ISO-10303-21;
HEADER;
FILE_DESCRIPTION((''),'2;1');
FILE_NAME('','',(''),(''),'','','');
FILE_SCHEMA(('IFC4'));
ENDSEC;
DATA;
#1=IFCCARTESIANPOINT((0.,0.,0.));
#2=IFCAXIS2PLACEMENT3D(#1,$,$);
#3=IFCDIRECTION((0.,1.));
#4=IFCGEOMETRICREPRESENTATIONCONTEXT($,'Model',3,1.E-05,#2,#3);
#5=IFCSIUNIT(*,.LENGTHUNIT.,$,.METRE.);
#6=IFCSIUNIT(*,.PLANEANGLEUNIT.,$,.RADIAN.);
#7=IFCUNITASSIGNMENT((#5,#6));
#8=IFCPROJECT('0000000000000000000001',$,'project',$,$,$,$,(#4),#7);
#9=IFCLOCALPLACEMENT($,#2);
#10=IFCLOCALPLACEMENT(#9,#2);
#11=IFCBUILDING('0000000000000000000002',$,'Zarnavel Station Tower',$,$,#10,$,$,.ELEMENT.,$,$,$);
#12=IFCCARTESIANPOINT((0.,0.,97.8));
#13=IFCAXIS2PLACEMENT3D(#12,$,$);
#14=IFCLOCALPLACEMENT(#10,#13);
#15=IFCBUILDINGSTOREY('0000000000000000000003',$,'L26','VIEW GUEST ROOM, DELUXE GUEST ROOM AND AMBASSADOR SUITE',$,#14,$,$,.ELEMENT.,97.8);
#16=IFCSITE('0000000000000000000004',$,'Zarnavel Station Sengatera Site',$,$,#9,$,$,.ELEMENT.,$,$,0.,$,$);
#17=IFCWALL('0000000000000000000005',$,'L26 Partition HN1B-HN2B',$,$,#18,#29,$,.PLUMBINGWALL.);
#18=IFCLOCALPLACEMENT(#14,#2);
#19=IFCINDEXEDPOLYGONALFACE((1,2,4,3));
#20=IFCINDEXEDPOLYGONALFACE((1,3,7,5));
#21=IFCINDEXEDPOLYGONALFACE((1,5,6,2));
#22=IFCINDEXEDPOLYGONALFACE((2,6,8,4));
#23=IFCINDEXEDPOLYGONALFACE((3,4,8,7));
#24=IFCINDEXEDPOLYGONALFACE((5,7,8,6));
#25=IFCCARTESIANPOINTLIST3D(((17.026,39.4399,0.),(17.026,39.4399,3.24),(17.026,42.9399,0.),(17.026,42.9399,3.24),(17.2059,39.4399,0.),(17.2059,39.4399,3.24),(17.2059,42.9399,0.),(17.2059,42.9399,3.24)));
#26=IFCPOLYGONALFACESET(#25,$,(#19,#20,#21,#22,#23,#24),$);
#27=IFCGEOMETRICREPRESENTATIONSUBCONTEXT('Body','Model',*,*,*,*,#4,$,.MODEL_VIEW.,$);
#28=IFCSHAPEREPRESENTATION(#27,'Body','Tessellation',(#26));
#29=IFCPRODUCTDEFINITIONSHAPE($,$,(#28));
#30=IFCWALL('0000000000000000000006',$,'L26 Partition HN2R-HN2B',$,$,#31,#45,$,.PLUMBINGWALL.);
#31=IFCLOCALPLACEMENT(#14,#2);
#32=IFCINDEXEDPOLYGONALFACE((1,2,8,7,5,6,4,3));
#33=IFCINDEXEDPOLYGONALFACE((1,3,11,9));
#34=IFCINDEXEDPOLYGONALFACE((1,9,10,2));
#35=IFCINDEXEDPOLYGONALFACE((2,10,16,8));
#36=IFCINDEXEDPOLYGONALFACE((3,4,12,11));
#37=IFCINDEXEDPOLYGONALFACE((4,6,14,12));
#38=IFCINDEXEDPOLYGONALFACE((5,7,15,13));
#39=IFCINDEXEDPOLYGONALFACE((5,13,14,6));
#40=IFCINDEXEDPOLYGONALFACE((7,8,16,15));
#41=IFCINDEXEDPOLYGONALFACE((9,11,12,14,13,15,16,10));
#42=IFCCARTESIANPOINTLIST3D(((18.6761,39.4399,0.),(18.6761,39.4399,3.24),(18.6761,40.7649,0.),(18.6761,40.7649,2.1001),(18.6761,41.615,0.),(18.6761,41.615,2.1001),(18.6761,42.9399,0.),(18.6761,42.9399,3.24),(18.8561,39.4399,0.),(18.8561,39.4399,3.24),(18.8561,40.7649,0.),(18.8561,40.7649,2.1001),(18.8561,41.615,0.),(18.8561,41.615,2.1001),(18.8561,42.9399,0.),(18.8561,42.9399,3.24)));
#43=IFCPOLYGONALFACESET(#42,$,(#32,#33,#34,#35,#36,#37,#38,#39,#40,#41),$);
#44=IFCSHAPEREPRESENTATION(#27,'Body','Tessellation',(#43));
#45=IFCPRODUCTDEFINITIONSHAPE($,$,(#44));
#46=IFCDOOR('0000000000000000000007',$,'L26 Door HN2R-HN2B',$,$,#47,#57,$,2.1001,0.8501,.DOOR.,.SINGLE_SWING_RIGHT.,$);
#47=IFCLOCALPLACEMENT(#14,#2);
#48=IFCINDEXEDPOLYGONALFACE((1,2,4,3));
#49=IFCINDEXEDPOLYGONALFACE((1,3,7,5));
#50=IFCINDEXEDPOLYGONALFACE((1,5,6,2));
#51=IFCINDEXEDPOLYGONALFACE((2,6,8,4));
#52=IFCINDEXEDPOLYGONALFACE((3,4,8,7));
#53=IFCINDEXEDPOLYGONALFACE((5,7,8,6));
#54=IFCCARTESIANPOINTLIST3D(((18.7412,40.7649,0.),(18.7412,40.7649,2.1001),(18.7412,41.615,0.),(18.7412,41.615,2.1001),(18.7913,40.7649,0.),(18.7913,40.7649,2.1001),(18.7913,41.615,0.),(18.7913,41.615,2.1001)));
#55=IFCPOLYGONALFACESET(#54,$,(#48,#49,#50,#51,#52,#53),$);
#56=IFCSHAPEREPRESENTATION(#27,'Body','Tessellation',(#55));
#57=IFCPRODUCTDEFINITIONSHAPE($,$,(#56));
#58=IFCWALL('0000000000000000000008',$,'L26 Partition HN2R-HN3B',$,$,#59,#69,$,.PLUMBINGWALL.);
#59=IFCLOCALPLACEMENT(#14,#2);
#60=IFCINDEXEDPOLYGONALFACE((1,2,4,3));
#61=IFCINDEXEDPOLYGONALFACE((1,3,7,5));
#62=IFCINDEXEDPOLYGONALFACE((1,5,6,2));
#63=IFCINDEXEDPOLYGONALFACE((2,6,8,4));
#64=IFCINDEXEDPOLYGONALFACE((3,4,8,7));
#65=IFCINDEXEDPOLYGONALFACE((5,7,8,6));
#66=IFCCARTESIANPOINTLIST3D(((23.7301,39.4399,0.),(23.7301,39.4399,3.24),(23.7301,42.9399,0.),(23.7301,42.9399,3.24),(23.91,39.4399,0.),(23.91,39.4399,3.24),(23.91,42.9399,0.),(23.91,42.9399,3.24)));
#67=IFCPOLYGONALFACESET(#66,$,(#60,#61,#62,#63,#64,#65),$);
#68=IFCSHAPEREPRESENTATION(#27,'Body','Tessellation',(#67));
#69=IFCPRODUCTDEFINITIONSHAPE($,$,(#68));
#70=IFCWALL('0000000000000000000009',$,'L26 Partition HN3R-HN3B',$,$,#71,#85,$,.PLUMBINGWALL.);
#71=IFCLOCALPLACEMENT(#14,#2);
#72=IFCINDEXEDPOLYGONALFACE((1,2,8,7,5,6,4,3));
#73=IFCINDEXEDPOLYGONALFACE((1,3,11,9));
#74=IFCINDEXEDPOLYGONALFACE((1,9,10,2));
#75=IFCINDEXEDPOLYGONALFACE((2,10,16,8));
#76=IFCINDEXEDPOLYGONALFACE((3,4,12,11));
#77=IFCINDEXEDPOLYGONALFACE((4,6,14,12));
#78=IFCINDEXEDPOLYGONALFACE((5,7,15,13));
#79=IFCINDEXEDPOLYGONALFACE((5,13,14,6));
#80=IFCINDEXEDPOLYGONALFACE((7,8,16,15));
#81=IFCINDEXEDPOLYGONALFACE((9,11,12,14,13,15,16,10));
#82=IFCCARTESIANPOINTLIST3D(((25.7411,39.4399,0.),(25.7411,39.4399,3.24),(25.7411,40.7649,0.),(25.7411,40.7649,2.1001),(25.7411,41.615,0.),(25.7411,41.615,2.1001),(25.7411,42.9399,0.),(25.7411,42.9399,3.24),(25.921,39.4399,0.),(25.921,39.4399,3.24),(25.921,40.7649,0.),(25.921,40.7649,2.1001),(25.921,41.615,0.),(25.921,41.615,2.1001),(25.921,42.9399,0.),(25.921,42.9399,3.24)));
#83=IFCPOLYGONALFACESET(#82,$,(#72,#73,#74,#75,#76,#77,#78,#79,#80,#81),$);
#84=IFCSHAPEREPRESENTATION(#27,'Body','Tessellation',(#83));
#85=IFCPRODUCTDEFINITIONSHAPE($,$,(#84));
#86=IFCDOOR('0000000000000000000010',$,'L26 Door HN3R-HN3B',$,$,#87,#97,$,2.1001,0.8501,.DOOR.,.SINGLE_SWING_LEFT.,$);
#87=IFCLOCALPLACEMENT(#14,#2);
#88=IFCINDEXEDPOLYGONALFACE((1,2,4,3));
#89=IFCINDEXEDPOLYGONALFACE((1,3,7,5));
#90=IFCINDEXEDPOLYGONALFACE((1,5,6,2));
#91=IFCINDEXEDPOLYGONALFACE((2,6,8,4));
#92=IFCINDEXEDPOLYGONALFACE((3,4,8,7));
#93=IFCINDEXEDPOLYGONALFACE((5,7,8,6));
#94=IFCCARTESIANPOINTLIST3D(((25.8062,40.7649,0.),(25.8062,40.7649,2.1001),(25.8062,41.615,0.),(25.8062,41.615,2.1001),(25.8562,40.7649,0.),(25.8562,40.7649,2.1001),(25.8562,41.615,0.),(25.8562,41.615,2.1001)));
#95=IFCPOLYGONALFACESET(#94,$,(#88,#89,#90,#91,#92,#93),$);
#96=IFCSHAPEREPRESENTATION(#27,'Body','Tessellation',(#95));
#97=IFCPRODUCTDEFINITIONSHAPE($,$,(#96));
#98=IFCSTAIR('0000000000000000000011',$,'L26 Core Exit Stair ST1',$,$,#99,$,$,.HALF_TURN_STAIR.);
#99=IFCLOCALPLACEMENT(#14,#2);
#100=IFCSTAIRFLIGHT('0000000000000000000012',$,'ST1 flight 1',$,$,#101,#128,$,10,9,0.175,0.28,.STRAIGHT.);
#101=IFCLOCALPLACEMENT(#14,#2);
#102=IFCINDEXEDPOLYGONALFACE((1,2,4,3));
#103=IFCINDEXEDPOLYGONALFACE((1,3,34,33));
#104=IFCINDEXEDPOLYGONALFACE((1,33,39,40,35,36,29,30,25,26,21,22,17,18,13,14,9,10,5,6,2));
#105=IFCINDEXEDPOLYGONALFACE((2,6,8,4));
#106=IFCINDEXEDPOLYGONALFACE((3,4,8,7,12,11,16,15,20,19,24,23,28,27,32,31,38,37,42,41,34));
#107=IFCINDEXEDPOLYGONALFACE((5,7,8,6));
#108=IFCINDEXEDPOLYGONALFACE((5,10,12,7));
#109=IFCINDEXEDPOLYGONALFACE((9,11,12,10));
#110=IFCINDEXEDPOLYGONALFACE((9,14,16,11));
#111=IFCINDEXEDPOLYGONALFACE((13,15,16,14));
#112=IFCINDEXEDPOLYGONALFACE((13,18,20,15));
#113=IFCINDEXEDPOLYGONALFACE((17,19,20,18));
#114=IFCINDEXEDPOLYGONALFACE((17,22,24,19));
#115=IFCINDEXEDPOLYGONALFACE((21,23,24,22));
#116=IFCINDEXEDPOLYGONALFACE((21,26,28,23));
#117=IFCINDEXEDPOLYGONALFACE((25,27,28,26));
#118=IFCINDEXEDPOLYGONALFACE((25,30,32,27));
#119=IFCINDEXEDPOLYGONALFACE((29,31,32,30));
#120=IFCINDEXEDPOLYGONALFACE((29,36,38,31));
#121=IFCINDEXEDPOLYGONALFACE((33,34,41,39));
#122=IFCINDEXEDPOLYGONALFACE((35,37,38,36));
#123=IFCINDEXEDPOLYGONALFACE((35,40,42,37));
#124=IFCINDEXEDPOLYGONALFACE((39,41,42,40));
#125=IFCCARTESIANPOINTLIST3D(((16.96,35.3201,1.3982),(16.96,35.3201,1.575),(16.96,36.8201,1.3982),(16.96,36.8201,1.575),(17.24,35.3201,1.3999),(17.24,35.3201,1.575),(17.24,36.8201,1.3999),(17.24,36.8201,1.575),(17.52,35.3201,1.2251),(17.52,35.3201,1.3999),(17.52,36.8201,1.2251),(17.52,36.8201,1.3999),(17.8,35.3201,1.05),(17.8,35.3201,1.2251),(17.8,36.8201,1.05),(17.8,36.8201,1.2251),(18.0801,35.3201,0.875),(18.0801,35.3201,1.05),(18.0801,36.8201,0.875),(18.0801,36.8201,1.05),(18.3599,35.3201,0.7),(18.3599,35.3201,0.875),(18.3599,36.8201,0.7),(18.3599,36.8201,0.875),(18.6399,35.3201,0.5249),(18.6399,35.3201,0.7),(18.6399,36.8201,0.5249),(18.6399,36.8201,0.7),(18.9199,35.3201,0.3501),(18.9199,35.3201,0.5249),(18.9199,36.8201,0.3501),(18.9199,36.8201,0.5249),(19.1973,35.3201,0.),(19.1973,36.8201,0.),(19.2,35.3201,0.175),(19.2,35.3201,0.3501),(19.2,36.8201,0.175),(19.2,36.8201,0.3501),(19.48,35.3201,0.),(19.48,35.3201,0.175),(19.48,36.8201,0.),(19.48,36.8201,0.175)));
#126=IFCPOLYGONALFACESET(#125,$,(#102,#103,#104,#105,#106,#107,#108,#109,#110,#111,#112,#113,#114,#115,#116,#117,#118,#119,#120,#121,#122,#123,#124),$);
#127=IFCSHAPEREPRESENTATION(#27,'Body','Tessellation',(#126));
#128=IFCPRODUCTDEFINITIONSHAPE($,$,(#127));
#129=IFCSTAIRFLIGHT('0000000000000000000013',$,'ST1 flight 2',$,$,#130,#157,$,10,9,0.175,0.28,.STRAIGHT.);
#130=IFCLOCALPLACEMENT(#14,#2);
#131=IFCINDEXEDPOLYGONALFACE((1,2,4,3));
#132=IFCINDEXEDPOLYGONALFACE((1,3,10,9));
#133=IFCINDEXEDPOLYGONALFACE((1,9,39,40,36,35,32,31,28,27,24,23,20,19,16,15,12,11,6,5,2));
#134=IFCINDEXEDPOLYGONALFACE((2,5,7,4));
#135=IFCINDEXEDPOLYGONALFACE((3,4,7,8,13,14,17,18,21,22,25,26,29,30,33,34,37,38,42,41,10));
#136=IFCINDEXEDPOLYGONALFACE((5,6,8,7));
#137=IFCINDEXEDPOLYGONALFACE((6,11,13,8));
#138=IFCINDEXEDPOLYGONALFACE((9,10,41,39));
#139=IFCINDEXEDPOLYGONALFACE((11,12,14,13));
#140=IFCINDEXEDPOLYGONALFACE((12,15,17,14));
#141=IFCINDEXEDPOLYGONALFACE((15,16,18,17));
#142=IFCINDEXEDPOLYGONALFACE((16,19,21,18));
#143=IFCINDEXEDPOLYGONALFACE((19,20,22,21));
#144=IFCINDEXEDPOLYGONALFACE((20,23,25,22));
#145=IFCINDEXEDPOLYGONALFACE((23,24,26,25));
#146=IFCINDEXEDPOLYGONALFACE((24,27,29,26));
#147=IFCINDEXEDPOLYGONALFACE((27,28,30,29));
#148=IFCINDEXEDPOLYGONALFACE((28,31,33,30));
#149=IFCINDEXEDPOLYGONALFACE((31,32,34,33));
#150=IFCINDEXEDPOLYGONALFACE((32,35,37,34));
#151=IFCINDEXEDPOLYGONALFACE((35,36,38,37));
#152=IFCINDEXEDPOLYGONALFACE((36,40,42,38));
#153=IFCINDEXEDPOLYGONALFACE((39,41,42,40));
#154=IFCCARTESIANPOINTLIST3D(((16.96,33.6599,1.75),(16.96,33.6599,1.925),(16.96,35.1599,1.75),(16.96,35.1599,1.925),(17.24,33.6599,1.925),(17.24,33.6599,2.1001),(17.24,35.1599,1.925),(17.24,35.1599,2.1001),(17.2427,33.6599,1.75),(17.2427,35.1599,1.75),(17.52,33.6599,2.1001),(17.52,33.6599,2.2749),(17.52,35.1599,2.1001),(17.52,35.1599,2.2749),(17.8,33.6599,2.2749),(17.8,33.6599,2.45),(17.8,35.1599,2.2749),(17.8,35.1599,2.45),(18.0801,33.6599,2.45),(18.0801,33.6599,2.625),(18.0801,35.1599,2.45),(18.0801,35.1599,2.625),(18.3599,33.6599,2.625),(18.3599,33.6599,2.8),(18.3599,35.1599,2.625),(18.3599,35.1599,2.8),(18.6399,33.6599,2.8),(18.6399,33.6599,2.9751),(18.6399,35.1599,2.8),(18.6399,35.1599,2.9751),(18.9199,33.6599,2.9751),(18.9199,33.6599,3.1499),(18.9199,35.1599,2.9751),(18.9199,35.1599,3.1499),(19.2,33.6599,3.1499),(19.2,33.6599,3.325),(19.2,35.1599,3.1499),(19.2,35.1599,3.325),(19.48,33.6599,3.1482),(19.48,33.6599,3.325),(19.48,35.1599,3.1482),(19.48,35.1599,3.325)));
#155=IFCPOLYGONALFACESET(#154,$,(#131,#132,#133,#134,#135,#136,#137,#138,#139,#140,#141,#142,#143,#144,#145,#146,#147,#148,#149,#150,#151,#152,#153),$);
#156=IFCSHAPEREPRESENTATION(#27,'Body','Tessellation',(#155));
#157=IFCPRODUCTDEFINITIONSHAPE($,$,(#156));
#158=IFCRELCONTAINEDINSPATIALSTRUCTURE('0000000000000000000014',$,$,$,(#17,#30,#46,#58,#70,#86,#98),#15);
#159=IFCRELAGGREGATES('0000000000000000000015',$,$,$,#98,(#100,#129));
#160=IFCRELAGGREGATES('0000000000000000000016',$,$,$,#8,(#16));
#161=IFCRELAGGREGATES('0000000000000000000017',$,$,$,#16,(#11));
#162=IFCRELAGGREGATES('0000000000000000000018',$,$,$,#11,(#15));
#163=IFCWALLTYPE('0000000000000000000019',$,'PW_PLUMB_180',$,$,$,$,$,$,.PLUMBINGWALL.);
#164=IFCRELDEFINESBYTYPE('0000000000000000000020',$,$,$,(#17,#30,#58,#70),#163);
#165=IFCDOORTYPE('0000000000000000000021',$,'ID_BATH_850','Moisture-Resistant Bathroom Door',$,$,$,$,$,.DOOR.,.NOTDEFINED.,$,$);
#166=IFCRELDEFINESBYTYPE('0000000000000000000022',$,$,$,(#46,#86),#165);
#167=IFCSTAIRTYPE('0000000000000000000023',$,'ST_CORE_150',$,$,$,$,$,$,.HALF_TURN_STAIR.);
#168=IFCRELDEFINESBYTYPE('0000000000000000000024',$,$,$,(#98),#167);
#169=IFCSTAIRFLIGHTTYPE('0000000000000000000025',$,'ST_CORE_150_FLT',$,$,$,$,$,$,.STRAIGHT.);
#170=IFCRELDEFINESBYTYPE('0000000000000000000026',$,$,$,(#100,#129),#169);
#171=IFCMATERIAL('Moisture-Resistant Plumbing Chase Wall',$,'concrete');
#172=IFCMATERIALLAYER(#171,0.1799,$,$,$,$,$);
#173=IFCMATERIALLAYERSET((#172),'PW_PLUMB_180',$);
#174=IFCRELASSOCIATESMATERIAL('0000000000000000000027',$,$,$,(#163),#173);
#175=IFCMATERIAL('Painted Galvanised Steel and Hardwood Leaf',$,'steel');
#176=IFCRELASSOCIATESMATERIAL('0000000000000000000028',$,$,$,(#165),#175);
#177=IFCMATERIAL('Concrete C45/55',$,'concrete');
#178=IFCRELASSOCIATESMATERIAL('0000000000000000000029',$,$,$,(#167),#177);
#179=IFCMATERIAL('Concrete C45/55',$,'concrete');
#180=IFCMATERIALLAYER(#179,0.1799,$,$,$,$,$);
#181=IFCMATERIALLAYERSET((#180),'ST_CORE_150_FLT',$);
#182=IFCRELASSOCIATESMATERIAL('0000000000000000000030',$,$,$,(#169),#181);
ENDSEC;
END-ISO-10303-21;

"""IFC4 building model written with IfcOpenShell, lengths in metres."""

from ifc_helpers import new_model, si_unit, direction, frame, frame_2d, origin, place, context, subcontext, project, spatial, polyline, rectangle, outline, extrude, material, layer, layer_set, type_object, element, fill, aggregate, save


model = new_model("IFC4")

# Units and contexts
model_context = context("Model", 3, precision=1e-05, world=origin(), true_north=direction((0.0, 1.0)))
body_context = subcontext(model_context, "Body", "Model", "MODEL_VIEW")
ifc_project = project(units=[si_unit("LENGTHUNIT", "METRE"), si_unit("PLANEANGLEUNIT", "RADIAN")], contexts=[model_context])

# Site, building, storey
site_placement = place(None, origin())
site = spatial("IfcSite", under=ifc_project, at=site_placement, Name="Zarnavel Station Sengatera Site", CompositionType="ELEMENT", RefElevation=0.0)
building_placement = place(site_placement, origin())
building = spatial("IfcBuilding", under=site, at=building_placement, Name="Zarnavel Station Tower", CompositionType="ELEMENT")
storey_placement = place(building_placement, frame((0.0, 0.0, 97.8)))
storey = spatial("IfcBuildingStorey", under=building, at=storey_placement, Name="L26", Description="VIEW GUEST ROOM, DELUXE GUEST ROOM AND AMBASSADOR SUITE", CompositionType="ELEMENT", Elevation=97.8)

# Shared definitions
ifc_material_1 = material(Name="Moisture-Resistant Plumbing Chase Wall", Category="concrete")
ifc_layer_1 = layer(ifc_material_1, 0.1799)
ifc_layer_set_1 = layer_set([ifc_layer_1], Name="PW_PLUMB_180")
wall_type_1 = type_object("IfcWallType", Name="PW_PLUMB_180", PredefinedType="PLUMBINGWALL", material=ifc_layer_set_1)

# Shared definitions
ifc_material_2 = material(Name="Painted Galvanised Steel and Hardwood Leaf", Category="steel")
door_type_1 = type_object("IfcDoorType", Name="ID_BATH_850", Description="Moisture-Resistant Bathroom Door", OperationType="NOTDEFINED", PredefinedType="DOOR", material=ifc_material_2)

# Wall
wall_1_placement = place(storey_placement, frame((17.116, 39.4399, 0.0), z_axis=(0.0, 0.0, 1.0), x_axis=(0.0, 1.0, 0.0)))
element("IfcWall", 1, at=wall_1_placement, inside=storey, type_object=wall_type_1, Name="L26 Partition HN1B-HN2B", PredefinedType="PLUMBINGWALL", context=body_context, shape_type="SweptSolid", body=[
    extrude(rectangle(XDim=3.5, YDim=0.1799, at=frame_2d((1.75, 0.0))), origin(), (0.0, 0.0, 1.0), 3.24),
])

# Wall, opening, door
wall_2_placement = place(storey_placement, frame((18.7661, 39.4399, 0.0), z_axis=(0.0, 0.0, 1.0), x_axis=(0.0, 1.0, 0.0)))
wall_2 = element("IfcWall", 2, at=wall_2_placement, inside=storey, type_object=wall_type_1, Name="L26 Partition HN2R-HN2B", PredefinedType="PLUMBINGWALL", context=body_context, shape_type="SweptSolid", body=[
    extrude(rectangle(XDim=3.5, YDim=0.1799, at=frame_2d((1.75, 0.0))), origin(), (0.0, 0.0, 1.0), 3.24),
])
opening_1_placement = place(wall_2_placement, frame((1.325, 0.0, 0.0)))
opening_1 = element("IfcOpeningElement", 3, at=opening_1_placement, cuts=wall_2, PredefinedType="OPENING", context=body_context, shape_type="SweptSolid", body=[
    extrude(rectangle(XDim=0.8501, YDim=2.1001, at=frame_2d((0.425, 1.05))), frame((0.0, 0.0999, 0.0), z_axis=(0.0, -1.0, 0.0), x_axis=(1.0, 0.0, 0.0)), (0.0, 0.0, 1.0), 0.2),
])
door_1_placement = place(opening_1_placement, origin())
door_1 = element("IfcDoor", 4, at=door_1_placement, inside=storey, type_object=door_type_1, Name="L26 Door HN2R-HN2B", OperationType="SINGLE_SWING_RIGHT", OverallHeight=2.1001, OverallWidth=0.8501, PredefinedType="DOOR", context=body_context, shape_type="SweptSolid", body=[
    extrude(rectangle(XDim=0.8501, YDim=2.1001, at=frame_2d((0.425, 1.05))), frame((0.0, 0.0249, 0.0), z_axis=(0.0, -1.0, 0.0), x_axis=(1.0, 0.0, 0.0)), (0.0, 0.0, 1.0), 0.05),
])
fill(opening_1, door_1)

# Wall
wall_3_placement = place(storey_placement, frame((23.8201, 39.4399, 0.0), z_axis=(0.0, 0.0, 1.0), x_axis=(0.0, 1.0, 0.0)))
element("IfcWall", 5, at=wall_3_placement, inside=storey, type_object=wall_type_1, Name="L26 Partition HN2R-HN3B", PredefinedType="PLUMBINGWALL", context=body_context, shape_type="SweptSolid", body=[
    extrude(rectangle(XDim=3.5, YDim=0.1799, at=frame_2d((1.75, 0.0))), origin(), (0.0, 0.0, 1.0), 3.24),
])

# Wall, opening, door
wall_4_placement = place(storey_placement, frame((25.8311, 39.4399, 0.0), z_axis=(0.0, 0.0, 1.0), x_axis=(0.0, 1.0, 0.0)))
wall_4 = element("IfcWall", 6, at=wall_4_placement, inside=storey, type_object=wall_type_1, Name="L26 Partition HN3R-HN3B", PredefinedType="PLUMBINGWALL", context=body_context, shape_type="SweptSolid", body=[
    extrude(rectangle(XDim=3.5, YDim=0.1799, at=frame_2d((1.75, 0.0))), origin(), (0.0, 0.0, 1.0), 3.24),
])
opening_2_placement = place(wall_4_placement, frame((1.325, 0.0, 0.0)))
opening_2 = element("IfcOpeningElement", 7, at=opening_2_placement, cuts=wall_4, PredefinedType="OPENING", context=body_context, shape_type="SweptSolid", body=[
    extrude(rectangle(XDim=0.8501, YDim=2.1001, at=frame_2d((0.425, 1.05))), frame((0.0, 0.0999, 0.0), z_axis=(0.0, -1.0, 0.0), x_axis=(1.0, 0.0, 0.0)), (0.0, 0.0, 1.0), 0.2),
])
door_2_placement = place(opening_2_placement, origin())
door_2 = element("IfcDoor", 8, at=door_2_placement, inside=storey, type_object=door_type_1, Name="L26 Door HN3R-HN3B", OperationType="SINGLE_SWING_LEFT", OverallHeight=2.1001, OverallWidth=0.8501, PredefinedType="DOOR", context=body_context, shape_type="SweptSolid", body=[
    extrude(rectangle(XDim=0.8501, YDim=2.1001, at=frame_2d((0.425, 1.05))), frame((0.0, 0.0249, 0.0), z_axis=(0.0, -1.0, 0.0), x_axis=(1.0, 0.0, 0.0)), (0.0, 0.0, 1.0), 0.05),
])
fill(opening_2, door_2)

# Stair, stair flights
ifc_material_3 = material(Name="Concrete C45/55", Category="concrete")
stair_type = type_object("IfcStairType", Name="ST_CORE_150", PredefinedType="HALF_TURN_STAIR", material=ifc_material_3)
stair_placement = place(storey_placement, origin())
stair = element("IfcStair", 9, at=stair_placement, inside=storey, type_object=stair_type, Name="L26 Core Exit Stair ST1", PredefinedType="HALF_TURN_STAIR")
ifc_material_4 = material(Name="Concrete C45/55", Category="concrete")
ifc_layer_2 = layer(ifc_material_4, 0.1799)
ifc_layer_set_2 = layer_set([ifc_layer_2], Name="ST_CORE_150_FLT")
stair_flight_type = type_object("IfcStairFlightType", Name="ST_CORE_150_FLT", PredefinedType="STRAIGHT", material=ifc_layer_set_2)
stair_flight_1_placement = place(storey_placement, frame((19.48, 36.0701, 0.0), z_axis=(0.0, 0.0, 1.0), x_axis=(-1.0, 0.0, 0.0)))
stair_flight_1 = element("IfcStairFlight", 10, at=stair_flight_1_placement, type_object=stair_flight_type, Name="ST1 flight 1", NumberOfRisers=10, NumberOfTreads=9, PredefinedType="STRAIGHT", RiserHeight=0.175, TreadLength=0.28, context=body_context, shape_type="SweptSolid", body=[
    extrude(outline(polyline([(0.0, 0.0), (0.0, 0.175), (0.28, 0.175), (0.28, 0.3501), (0.5601, 0.3501), (0.5601, 0.5249), (0.8401, 0.5249), (0.8401, 0.7), (1.1201, 0.7), (1.1201, 0.875), (1.3999, 0.875), (1.3999, 1.05), (1.6799, 1.05), (1.6799, 1.2251), (1.96, 1.2251), (1.96, 1.3999), (2.24, 1.3999), (2.24, 1.575), (2.52, 1.575), (2.52, 1.75), (2.52, 1.3982), (0.2827, 0.0), (0.0, 0.0)])), frame((0.0, 0.75, 0.0), z_axis=(0.0, -1.0, 0.0), x_axis=(1.0, 0.0, 0.0)), (0.0, 0.0, 1.0), 1.5),
])
stair_flight_2_placement = place(storey_placement, frame((16.96, 34.4099, 1.75), z_axis=(0.0, 0.0, 1.0), x_axis=(1.0, 0.0, 0.0)))
stair_flight_2 = element("IfcStairFlight", 11, at=stair_flight_2_placement, type_object=stair_flight_type, Name="ST1 flight 2", NumberOfRisers=10, NumberOfTreads=9, PredefinedType="STRAIGHT", RiserHeight=0.175, TreadLength=0.28, context=body_context, shape_type="SweptSolid", body=[
    extrude(outline(polyline([(0.0, 0.0), (0.0, 0.175), (0.28, 0.175), (0.28, 0.3501), (0.5601, 0.3501), (0.5601, 0.5249), (0.8401, 0.5249), (0.8401, 0.7), (1.1201, 0.7), (1.1201, 0.875), (1.3999, 0.875), (1.3999, 1.05), (1.6799, 1.05), (1.6799, 1.2251), (1.96, 1.2251), (1.96, 1.3999), (2.24, 1.3999), (2.24, 1.575), (2.52, 1.575), (2.52, 1.75), (2.52, 1.3982), (0.2827, 0.0), (0.0, 0.0)])), frame((0.0, 0.75, 0.0), z_axis=(0.0, -1.0, 0.0), x_axis=(1.0, 0.0, 0.0)), (0.0, 0.0, 1.0), 1.5),
])
aggregate(stair, [stair_flight_1, stair_flight_2])

save(model, "model.ifc")
